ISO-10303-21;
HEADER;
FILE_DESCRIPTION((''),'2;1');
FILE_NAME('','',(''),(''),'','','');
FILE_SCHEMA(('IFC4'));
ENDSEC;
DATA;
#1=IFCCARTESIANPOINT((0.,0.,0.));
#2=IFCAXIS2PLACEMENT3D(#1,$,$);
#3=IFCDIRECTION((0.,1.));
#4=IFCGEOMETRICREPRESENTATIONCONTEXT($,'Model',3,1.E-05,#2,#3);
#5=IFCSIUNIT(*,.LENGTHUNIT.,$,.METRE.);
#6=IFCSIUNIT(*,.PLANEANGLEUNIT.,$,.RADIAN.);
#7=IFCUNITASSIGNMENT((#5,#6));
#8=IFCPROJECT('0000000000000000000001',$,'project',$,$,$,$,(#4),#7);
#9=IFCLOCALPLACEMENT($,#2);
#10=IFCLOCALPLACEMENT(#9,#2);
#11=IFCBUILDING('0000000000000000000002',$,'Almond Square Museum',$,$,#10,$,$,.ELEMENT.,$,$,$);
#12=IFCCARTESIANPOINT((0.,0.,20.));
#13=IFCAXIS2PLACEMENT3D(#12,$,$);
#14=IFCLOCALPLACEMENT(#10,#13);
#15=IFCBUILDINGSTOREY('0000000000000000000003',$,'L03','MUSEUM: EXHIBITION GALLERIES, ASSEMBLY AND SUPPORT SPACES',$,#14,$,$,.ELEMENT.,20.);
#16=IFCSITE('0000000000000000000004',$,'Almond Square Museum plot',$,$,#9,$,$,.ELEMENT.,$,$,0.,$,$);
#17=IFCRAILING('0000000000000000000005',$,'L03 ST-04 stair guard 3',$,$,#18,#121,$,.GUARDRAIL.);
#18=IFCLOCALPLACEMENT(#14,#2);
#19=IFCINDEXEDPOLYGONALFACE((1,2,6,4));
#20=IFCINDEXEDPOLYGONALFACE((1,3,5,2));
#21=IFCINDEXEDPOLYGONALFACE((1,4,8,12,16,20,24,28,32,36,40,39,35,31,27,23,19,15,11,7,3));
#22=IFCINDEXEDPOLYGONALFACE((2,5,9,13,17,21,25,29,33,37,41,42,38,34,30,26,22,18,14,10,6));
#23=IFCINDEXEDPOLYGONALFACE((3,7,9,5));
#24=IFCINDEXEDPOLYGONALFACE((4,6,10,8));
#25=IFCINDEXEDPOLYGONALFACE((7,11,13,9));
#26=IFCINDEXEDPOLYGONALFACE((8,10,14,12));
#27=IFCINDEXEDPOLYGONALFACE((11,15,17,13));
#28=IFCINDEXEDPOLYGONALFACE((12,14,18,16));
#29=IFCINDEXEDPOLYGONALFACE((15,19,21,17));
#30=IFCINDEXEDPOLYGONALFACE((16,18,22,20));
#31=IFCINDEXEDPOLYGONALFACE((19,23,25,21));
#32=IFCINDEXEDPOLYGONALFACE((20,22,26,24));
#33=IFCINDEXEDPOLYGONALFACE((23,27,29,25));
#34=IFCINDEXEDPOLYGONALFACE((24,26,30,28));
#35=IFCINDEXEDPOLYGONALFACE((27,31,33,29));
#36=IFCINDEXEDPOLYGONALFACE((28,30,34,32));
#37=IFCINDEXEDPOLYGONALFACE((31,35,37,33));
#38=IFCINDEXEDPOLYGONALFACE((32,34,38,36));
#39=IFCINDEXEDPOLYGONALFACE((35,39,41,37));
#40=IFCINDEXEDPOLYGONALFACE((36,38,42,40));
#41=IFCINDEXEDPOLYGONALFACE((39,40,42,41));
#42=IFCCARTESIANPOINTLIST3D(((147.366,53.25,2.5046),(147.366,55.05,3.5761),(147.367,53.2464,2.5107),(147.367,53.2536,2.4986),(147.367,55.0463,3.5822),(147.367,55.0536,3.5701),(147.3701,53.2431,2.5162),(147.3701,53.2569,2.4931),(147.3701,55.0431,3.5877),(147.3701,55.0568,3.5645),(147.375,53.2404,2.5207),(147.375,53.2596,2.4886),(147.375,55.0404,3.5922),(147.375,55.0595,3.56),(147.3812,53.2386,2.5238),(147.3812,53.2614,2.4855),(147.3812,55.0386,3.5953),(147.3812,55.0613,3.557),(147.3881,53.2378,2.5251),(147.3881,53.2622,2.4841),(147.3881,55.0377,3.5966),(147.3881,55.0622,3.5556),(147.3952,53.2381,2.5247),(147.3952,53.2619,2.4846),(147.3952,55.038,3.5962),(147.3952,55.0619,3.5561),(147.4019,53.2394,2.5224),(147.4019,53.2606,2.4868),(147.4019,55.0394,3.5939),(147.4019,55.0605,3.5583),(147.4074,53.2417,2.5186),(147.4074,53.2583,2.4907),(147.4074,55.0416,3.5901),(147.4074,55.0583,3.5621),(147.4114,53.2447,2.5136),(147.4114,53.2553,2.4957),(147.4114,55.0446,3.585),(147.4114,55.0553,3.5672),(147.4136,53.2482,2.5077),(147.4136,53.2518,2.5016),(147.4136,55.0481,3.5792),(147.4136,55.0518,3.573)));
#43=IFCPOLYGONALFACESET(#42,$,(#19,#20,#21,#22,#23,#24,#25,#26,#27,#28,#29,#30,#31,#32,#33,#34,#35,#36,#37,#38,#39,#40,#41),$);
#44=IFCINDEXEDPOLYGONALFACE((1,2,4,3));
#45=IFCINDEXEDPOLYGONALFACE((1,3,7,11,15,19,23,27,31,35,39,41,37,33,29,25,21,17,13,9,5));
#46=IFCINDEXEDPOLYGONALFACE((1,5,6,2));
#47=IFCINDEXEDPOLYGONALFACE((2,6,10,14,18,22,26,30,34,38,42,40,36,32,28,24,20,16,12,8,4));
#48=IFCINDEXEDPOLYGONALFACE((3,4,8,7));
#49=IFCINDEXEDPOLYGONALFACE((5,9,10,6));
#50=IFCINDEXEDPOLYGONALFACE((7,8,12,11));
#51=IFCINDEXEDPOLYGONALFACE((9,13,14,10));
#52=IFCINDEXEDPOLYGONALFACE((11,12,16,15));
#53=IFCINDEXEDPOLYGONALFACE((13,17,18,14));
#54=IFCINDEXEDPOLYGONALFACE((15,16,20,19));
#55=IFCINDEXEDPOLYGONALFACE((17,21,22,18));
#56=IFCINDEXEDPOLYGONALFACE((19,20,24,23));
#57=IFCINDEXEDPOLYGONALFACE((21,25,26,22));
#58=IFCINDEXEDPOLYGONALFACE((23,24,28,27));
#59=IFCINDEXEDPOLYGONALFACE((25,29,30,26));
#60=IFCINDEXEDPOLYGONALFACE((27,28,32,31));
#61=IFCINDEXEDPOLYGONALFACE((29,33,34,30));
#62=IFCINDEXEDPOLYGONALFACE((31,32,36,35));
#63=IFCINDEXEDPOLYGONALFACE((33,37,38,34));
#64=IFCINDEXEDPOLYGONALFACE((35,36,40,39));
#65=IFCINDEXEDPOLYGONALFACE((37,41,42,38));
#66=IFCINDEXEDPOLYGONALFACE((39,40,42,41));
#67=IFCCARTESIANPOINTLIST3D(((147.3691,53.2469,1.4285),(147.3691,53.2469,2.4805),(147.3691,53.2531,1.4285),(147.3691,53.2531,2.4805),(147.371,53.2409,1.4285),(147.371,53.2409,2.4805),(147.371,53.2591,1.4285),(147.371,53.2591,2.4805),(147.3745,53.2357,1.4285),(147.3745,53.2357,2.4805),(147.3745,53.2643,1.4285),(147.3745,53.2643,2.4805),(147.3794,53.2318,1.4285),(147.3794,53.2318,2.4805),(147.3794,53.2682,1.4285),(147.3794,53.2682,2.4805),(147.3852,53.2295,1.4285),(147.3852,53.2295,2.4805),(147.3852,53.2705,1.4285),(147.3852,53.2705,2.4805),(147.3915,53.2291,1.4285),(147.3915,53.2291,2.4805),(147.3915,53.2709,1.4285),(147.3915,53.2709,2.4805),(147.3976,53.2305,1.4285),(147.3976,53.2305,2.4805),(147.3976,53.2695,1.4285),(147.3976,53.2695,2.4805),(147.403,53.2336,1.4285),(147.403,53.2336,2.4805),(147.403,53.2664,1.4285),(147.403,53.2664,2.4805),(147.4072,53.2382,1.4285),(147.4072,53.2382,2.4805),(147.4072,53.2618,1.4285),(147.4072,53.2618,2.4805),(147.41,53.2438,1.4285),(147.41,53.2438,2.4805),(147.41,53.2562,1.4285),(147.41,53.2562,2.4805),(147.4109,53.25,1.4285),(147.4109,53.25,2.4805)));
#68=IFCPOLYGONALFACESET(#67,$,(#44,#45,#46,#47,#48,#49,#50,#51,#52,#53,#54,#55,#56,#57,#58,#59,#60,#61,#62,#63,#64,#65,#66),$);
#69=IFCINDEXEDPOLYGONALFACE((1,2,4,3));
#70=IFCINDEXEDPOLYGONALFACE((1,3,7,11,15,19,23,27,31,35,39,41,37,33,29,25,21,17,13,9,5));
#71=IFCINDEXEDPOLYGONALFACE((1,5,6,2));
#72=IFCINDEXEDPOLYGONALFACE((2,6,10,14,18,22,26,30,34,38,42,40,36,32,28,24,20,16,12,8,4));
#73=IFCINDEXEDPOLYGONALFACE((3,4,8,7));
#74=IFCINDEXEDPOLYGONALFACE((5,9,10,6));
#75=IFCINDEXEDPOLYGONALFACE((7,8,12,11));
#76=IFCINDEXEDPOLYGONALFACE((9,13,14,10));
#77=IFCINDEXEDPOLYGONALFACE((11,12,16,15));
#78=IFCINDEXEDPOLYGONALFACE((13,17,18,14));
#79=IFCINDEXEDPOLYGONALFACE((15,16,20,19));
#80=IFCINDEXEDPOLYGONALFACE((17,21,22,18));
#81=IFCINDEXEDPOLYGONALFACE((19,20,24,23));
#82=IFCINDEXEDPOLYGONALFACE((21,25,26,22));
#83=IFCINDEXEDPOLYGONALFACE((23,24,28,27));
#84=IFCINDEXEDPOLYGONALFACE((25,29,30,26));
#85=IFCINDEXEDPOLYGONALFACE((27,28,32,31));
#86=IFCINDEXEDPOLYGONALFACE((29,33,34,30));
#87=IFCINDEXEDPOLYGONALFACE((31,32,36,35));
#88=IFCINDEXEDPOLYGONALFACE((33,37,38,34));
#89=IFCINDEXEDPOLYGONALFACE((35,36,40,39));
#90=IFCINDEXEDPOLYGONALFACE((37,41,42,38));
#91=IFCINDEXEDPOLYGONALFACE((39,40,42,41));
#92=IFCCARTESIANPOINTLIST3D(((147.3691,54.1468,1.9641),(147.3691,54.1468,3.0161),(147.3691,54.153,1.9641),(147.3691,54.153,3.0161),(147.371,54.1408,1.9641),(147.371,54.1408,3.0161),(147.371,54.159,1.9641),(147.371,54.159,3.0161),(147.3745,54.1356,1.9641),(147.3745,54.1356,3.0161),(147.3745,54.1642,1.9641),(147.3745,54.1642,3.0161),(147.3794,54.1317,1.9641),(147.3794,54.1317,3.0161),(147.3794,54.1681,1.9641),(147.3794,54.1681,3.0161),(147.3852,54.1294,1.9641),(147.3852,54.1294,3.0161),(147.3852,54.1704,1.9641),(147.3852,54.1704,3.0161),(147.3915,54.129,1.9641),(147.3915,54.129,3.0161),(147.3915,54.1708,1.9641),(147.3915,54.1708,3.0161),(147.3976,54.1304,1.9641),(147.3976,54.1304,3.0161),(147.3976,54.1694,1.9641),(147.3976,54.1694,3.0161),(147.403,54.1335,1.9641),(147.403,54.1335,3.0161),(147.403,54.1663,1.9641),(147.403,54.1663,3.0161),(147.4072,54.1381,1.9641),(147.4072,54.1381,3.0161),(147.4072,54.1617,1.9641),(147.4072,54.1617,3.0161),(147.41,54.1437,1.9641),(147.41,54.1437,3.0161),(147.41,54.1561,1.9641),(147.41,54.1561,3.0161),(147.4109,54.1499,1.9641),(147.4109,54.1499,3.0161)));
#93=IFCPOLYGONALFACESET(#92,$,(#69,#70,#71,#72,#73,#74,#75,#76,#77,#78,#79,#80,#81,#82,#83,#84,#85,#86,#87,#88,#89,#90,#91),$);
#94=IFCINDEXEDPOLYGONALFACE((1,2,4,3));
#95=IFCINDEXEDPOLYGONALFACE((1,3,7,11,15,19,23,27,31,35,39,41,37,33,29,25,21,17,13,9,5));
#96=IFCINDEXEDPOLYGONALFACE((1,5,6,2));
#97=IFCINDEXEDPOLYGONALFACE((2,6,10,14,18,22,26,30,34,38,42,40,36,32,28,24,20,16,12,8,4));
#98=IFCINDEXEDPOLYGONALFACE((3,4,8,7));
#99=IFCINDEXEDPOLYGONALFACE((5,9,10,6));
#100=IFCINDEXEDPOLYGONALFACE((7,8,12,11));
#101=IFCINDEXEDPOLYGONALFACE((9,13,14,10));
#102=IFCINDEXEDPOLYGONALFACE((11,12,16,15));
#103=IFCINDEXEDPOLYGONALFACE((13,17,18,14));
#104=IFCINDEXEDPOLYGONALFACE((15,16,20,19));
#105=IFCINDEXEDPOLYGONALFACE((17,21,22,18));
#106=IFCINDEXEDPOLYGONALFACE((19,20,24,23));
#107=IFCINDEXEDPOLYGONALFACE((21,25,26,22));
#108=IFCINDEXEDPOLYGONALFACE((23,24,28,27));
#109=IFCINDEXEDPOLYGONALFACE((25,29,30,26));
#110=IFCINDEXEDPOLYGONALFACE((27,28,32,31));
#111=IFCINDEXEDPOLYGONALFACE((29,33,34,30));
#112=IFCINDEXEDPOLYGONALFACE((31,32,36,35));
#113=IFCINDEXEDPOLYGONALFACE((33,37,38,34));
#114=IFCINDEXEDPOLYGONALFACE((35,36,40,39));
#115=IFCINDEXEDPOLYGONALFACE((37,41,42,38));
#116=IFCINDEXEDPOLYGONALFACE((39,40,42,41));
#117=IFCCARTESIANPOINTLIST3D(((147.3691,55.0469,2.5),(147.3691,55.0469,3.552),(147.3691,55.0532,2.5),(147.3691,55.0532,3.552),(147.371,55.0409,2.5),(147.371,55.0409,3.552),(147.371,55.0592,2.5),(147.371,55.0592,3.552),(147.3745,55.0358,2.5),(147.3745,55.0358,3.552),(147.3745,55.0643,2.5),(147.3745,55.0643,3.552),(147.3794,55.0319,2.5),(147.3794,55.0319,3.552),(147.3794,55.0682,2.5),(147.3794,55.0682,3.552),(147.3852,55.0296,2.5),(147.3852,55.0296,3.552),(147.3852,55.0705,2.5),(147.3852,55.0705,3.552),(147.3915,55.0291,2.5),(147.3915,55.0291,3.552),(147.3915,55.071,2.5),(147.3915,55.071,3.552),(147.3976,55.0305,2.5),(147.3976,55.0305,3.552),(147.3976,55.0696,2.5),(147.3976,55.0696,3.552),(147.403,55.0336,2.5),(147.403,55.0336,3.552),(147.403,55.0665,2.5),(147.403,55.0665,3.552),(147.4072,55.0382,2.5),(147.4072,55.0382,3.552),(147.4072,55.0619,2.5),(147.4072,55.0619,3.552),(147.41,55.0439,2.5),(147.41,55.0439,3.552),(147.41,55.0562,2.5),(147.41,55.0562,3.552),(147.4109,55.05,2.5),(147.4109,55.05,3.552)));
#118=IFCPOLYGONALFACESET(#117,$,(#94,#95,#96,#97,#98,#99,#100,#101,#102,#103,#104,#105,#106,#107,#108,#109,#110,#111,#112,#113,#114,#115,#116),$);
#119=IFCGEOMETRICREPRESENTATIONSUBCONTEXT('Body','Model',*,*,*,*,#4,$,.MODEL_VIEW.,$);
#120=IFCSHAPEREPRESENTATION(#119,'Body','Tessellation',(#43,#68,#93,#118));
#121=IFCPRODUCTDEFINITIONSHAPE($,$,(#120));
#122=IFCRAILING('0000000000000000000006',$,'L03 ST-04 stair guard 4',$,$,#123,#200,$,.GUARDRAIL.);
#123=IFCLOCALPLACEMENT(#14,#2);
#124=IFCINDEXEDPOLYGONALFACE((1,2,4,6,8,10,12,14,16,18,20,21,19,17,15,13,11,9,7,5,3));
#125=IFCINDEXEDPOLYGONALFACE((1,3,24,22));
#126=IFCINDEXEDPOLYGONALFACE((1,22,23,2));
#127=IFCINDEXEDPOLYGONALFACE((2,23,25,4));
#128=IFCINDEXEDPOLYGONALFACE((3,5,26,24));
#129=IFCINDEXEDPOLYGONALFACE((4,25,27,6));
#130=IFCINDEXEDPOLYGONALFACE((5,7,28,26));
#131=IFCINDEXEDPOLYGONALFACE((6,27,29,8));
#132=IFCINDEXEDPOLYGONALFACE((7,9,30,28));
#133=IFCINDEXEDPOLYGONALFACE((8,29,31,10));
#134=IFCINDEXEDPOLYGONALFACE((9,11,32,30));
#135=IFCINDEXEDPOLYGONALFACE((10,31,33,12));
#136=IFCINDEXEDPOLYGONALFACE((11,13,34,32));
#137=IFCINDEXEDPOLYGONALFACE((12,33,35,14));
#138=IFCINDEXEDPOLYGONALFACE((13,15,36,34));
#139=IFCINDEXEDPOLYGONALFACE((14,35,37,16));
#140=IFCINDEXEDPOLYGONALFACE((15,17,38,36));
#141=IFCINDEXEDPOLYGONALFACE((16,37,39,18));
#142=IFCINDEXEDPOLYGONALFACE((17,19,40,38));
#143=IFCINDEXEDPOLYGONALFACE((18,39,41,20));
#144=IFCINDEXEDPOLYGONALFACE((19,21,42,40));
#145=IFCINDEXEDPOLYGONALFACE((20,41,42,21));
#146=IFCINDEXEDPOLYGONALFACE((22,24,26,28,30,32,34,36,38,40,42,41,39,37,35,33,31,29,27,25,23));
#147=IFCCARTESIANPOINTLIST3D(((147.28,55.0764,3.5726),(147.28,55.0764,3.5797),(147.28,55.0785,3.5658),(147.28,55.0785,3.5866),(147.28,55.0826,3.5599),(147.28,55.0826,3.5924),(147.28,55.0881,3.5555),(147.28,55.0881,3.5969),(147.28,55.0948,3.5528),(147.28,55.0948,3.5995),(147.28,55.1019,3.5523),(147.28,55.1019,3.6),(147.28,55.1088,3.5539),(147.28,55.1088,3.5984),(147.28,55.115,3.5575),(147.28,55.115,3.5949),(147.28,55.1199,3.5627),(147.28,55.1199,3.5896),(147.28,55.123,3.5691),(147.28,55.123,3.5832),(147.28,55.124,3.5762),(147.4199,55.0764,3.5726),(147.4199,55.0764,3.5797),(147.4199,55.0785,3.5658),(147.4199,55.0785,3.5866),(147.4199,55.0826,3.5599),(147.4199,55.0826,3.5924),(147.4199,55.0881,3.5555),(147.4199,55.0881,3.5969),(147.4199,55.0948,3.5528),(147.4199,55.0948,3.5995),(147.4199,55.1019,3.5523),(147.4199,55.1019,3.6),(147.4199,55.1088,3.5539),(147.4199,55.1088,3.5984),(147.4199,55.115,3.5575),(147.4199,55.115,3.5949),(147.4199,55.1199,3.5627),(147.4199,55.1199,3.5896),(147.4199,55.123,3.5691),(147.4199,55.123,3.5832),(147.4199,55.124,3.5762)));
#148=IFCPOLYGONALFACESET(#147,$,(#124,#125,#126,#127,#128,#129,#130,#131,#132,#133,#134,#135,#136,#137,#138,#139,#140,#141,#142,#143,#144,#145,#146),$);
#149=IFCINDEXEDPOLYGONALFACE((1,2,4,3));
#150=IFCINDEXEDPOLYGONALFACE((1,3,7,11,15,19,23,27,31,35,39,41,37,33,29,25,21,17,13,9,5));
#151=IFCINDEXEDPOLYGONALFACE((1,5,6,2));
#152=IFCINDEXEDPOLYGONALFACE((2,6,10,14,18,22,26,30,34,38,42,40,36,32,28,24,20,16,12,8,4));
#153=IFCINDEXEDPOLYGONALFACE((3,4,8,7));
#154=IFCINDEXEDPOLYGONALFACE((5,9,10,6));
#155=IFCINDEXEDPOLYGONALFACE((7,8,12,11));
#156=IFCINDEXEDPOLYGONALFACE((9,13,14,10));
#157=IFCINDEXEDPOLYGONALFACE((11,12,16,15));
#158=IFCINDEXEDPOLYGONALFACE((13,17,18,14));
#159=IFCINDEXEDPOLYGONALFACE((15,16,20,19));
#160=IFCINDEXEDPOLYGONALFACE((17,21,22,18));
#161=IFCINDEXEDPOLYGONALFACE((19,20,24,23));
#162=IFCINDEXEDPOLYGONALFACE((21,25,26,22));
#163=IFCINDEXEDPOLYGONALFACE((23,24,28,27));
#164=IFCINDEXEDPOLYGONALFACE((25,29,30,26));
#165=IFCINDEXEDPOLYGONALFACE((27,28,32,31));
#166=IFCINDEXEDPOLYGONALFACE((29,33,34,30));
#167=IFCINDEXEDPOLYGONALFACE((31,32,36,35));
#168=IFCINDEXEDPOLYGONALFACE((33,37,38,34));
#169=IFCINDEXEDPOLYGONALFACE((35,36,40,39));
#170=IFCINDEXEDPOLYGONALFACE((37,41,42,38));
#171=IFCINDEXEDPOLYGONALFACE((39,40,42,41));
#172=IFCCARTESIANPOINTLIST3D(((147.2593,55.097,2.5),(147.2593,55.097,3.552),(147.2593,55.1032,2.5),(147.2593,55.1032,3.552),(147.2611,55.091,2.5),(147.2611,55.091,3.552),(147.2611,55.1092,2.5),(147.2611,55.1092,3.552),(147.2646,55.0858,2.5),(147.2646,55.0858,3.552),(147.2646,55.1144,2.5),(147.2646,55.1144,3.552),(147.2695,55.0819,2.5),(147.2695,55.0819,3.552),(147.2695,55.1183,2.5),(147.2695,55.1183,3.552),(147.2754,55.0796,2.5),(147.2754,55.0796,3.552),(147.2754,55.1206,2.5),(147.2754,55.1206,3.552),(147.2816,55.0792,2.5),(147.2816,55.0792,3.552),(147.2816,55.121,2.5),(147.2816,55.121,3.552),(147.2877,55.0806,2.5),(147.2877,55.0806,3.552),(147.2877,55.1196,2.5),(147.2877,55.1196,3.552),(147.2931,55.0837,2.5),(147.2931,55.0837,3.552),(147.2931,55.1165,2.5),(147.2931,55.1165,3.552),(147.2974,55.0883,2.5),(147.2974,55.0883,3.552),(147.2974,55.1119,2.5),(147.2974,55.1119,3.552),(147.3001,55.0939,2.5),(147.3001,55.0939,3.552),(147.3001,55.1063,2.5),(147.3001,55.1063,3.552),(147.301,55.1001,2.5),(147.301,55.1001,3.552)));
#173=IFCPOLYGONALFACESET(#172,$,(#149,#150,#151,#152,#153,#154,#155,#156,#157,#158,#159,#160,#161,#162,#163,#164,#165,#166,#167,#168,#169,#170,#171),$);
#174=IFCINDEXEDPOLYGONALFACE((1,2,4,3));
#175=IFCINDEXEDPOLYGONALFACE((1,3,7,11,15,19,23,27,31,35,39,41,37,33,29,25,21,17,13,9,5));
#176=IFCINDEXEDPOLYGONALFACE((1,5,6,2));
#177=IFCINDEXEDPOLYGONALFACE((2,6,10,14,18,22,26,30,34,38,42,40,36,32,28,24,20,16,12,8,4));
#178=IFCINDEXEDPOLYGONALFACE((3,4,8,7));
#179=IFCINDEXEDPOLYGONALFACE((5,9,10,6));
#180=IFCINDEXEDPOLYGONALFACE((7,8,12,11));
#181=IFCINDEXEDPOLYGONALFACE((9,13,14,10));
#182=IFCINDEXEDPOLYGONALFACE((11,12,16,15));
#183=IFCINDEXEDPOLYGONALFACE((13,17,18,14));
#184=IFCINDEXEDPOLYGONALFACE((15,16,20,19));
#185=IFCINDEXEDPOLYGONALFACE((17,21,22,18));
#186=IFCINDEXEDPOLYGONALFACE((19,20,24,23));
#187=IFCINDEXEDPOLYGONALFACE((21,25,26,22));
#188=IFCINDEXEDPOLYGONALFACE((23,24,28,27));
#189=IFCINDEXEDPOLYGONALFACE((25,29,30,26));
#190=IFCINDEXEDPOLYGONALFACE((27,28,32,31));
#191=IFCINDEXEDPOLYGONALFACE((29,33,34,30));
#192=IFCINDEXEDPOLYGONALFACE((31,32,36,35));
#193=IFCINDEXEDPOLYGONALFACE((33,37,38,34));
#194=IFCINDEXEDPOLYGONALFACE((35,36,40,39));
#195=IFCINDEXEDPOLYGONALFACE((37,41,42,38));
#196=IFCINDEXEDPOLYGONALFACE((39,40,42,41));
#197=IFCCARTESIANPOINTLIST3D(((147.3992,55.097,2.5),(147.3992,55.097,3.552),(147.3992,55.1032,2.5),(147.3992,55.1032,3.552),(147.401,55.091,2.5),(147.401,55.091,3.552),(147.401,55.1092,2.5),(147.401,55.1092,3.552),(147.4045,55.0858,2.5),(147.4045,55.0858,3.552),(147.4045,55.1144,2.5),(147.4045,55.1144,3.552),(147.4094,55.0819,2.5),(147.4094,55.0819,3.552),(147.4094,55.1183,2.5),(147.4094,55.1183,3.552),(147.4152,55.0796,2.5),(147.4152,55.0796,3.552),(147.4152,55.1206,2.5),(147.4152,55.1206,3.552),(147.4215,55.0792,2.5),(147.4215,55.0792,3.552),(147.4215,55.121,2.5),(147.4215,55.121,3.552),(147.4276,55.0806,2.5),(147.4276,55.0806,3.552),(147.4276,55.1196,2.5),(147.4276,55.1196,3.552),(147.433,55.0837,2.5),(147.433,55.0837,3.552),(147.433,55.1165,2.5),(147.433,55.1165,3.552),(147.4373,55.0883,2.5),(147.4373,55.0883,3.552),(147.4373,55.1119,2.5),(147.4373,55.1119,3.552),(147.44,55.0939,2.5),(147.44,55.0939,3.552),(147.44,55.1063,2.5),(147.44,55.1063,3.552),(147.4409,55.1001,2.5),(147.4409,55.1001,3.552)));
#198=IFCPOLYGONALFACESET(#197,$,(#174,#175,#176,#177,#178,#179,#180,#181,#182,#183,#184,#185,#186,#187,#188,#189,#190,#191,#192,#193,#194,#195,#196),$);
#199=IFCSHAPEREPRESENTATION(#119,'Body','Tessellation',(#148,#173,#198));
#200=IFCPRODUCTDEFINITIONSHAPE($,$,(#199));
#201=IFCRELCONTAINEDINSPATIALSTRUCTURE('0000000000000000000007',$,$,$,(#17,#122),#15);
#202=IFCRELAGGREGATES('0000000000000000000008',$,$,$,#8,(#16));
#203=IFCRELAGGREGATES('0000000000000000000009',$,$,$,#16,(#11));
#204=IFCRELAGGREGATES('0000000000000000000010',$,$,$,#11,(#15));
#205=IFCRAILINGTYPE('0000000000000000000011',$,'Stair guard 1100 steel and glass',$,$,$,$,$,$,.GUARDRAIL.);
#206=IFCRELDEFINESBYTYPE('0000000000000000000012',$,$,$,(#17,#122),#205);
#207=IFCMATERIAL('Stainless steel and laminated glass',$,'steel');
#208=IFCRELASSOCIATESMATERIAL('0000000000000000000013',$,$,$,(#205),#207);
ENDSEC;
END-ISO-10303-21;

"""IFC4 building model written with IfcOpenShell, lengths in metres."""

from ifc_helpers import new_model, si_unit, direction, frame, origin, origin_2d, place, context, subcontext, project, spatial, circle, extrude, material, type_object, element, save


model = new_model("IFC4")

# Units and contexts
model_context = context("Model", 3, precision=1e-05, world=origin(), true_north=direction((0.0, 1.0)))
body_context = subcontext(model_context, "Body", "Model", "MODEL_VIEW")
ifc_project = project(units=[si_unit("LENGTHUNIT", "METRE"), si_unit("PLANEANGLEUNIT", "RADIAN")], contexts=[model_context])

# Site, building, storey
site_placement = place(None, origin())
site = spatial("IfcSite", under=ifc_project, at=site_placement, Name="Almond Square Museum plot", CompositionType="ELEMENT", RefElevation=0.0)
building_placement = place(site_placement, origin())
building = spatial("IfcBuilding", under=site, at=building_placement, Name="Almond Square Museum", CompositionType="ELEMENT")
storey_placement = place(building_placement, frame((0.0, 0.0, 20.0)))
storey = spatial("IfcBuildingStorey", under=building, at=storey_placement, Name="L03", Description="MUSEUM: EXHIBITION GALLERIES, ASSEMBLY AND SUPPORT SPACES", CompositionType="ELEMENT", Elevation=20.0)

# Railings
ifc_material_1 = material(Name="Stainless steel and laminated glass", Category="steel")
railing_type_1 = type_object("IfcRailingType", Name="Stair guard 1100 steel and glass", PredefinedType="GUARDRAIL", material=ifc_material_1)
railing_1_placement = place(storey_placement, frame((147.3899, 53.25, 1.4285)))
element("IfcRailing", 1, at=railing_1_placement, inside=storey, type_object=railing_type_1, Name="L03 ST-04 stair guard 3", PredefinedType="GUARDRAIL", context=body_context, shape_type="SweptSolid", body=[
    extrude(circle(Radius=0.0239, at=origin_2d()), frame((0.0, 0.0, 1.0762), z_axis=(0.0, 0.859277, 0.51151), x_axis=(-1.0, 0.0, 0.0)), (0.0, 0.0, 1.0), 2.0947),
    extrude(circle(Radius=0.021, at=origin_2d()), origin(), (0.0, 0.0, 1.0), 1.052),
    extrude(circle(Radius=0.021, at=origin_2d()), frame((0.0, 0.8999, 0.5356)), (0.0, 0.0, 1.0), 1.052),
    extrude(circle(Radius=0.021, at=origin_2d()), frame((0.0, 1.8, 1.0715)), (0.0, 0.0, 1.0), 1.052),
])
railing_2_placement = place(storey_placement, frame((147.28, 55.1001, 2.5)))
element("IfcRailing", 2, at=railing_2_placement, inside=storey, type_object=railing_type_1, Name="L03 ST-04 stair guard 4", PredefinedType="GUARDRAIL", context=body_context, shape_type="SweptSolid", body=[
    extrude(circle(Radius=0.0239, at=origin_2d()), frame((0.0, 0.0, 1.0762), z_axis=(1.0, 0.0, 0.0), x_axis=(0.0, 1.0, 0.0)), (0.0, 0.0, 1.0), 0.1399),
    extrude(circle(Radius=0.021, at=origin_2d()), origin(), (0.0, 0.0, 1.0), 1.052),
    extrude(circle(Radius=0.021, at=origin_2d()), frame((0.1399, 0.0, 0.0)), (0.0, 0.0, 1.0), 1.052),
])

save(model, "model.ifc")
